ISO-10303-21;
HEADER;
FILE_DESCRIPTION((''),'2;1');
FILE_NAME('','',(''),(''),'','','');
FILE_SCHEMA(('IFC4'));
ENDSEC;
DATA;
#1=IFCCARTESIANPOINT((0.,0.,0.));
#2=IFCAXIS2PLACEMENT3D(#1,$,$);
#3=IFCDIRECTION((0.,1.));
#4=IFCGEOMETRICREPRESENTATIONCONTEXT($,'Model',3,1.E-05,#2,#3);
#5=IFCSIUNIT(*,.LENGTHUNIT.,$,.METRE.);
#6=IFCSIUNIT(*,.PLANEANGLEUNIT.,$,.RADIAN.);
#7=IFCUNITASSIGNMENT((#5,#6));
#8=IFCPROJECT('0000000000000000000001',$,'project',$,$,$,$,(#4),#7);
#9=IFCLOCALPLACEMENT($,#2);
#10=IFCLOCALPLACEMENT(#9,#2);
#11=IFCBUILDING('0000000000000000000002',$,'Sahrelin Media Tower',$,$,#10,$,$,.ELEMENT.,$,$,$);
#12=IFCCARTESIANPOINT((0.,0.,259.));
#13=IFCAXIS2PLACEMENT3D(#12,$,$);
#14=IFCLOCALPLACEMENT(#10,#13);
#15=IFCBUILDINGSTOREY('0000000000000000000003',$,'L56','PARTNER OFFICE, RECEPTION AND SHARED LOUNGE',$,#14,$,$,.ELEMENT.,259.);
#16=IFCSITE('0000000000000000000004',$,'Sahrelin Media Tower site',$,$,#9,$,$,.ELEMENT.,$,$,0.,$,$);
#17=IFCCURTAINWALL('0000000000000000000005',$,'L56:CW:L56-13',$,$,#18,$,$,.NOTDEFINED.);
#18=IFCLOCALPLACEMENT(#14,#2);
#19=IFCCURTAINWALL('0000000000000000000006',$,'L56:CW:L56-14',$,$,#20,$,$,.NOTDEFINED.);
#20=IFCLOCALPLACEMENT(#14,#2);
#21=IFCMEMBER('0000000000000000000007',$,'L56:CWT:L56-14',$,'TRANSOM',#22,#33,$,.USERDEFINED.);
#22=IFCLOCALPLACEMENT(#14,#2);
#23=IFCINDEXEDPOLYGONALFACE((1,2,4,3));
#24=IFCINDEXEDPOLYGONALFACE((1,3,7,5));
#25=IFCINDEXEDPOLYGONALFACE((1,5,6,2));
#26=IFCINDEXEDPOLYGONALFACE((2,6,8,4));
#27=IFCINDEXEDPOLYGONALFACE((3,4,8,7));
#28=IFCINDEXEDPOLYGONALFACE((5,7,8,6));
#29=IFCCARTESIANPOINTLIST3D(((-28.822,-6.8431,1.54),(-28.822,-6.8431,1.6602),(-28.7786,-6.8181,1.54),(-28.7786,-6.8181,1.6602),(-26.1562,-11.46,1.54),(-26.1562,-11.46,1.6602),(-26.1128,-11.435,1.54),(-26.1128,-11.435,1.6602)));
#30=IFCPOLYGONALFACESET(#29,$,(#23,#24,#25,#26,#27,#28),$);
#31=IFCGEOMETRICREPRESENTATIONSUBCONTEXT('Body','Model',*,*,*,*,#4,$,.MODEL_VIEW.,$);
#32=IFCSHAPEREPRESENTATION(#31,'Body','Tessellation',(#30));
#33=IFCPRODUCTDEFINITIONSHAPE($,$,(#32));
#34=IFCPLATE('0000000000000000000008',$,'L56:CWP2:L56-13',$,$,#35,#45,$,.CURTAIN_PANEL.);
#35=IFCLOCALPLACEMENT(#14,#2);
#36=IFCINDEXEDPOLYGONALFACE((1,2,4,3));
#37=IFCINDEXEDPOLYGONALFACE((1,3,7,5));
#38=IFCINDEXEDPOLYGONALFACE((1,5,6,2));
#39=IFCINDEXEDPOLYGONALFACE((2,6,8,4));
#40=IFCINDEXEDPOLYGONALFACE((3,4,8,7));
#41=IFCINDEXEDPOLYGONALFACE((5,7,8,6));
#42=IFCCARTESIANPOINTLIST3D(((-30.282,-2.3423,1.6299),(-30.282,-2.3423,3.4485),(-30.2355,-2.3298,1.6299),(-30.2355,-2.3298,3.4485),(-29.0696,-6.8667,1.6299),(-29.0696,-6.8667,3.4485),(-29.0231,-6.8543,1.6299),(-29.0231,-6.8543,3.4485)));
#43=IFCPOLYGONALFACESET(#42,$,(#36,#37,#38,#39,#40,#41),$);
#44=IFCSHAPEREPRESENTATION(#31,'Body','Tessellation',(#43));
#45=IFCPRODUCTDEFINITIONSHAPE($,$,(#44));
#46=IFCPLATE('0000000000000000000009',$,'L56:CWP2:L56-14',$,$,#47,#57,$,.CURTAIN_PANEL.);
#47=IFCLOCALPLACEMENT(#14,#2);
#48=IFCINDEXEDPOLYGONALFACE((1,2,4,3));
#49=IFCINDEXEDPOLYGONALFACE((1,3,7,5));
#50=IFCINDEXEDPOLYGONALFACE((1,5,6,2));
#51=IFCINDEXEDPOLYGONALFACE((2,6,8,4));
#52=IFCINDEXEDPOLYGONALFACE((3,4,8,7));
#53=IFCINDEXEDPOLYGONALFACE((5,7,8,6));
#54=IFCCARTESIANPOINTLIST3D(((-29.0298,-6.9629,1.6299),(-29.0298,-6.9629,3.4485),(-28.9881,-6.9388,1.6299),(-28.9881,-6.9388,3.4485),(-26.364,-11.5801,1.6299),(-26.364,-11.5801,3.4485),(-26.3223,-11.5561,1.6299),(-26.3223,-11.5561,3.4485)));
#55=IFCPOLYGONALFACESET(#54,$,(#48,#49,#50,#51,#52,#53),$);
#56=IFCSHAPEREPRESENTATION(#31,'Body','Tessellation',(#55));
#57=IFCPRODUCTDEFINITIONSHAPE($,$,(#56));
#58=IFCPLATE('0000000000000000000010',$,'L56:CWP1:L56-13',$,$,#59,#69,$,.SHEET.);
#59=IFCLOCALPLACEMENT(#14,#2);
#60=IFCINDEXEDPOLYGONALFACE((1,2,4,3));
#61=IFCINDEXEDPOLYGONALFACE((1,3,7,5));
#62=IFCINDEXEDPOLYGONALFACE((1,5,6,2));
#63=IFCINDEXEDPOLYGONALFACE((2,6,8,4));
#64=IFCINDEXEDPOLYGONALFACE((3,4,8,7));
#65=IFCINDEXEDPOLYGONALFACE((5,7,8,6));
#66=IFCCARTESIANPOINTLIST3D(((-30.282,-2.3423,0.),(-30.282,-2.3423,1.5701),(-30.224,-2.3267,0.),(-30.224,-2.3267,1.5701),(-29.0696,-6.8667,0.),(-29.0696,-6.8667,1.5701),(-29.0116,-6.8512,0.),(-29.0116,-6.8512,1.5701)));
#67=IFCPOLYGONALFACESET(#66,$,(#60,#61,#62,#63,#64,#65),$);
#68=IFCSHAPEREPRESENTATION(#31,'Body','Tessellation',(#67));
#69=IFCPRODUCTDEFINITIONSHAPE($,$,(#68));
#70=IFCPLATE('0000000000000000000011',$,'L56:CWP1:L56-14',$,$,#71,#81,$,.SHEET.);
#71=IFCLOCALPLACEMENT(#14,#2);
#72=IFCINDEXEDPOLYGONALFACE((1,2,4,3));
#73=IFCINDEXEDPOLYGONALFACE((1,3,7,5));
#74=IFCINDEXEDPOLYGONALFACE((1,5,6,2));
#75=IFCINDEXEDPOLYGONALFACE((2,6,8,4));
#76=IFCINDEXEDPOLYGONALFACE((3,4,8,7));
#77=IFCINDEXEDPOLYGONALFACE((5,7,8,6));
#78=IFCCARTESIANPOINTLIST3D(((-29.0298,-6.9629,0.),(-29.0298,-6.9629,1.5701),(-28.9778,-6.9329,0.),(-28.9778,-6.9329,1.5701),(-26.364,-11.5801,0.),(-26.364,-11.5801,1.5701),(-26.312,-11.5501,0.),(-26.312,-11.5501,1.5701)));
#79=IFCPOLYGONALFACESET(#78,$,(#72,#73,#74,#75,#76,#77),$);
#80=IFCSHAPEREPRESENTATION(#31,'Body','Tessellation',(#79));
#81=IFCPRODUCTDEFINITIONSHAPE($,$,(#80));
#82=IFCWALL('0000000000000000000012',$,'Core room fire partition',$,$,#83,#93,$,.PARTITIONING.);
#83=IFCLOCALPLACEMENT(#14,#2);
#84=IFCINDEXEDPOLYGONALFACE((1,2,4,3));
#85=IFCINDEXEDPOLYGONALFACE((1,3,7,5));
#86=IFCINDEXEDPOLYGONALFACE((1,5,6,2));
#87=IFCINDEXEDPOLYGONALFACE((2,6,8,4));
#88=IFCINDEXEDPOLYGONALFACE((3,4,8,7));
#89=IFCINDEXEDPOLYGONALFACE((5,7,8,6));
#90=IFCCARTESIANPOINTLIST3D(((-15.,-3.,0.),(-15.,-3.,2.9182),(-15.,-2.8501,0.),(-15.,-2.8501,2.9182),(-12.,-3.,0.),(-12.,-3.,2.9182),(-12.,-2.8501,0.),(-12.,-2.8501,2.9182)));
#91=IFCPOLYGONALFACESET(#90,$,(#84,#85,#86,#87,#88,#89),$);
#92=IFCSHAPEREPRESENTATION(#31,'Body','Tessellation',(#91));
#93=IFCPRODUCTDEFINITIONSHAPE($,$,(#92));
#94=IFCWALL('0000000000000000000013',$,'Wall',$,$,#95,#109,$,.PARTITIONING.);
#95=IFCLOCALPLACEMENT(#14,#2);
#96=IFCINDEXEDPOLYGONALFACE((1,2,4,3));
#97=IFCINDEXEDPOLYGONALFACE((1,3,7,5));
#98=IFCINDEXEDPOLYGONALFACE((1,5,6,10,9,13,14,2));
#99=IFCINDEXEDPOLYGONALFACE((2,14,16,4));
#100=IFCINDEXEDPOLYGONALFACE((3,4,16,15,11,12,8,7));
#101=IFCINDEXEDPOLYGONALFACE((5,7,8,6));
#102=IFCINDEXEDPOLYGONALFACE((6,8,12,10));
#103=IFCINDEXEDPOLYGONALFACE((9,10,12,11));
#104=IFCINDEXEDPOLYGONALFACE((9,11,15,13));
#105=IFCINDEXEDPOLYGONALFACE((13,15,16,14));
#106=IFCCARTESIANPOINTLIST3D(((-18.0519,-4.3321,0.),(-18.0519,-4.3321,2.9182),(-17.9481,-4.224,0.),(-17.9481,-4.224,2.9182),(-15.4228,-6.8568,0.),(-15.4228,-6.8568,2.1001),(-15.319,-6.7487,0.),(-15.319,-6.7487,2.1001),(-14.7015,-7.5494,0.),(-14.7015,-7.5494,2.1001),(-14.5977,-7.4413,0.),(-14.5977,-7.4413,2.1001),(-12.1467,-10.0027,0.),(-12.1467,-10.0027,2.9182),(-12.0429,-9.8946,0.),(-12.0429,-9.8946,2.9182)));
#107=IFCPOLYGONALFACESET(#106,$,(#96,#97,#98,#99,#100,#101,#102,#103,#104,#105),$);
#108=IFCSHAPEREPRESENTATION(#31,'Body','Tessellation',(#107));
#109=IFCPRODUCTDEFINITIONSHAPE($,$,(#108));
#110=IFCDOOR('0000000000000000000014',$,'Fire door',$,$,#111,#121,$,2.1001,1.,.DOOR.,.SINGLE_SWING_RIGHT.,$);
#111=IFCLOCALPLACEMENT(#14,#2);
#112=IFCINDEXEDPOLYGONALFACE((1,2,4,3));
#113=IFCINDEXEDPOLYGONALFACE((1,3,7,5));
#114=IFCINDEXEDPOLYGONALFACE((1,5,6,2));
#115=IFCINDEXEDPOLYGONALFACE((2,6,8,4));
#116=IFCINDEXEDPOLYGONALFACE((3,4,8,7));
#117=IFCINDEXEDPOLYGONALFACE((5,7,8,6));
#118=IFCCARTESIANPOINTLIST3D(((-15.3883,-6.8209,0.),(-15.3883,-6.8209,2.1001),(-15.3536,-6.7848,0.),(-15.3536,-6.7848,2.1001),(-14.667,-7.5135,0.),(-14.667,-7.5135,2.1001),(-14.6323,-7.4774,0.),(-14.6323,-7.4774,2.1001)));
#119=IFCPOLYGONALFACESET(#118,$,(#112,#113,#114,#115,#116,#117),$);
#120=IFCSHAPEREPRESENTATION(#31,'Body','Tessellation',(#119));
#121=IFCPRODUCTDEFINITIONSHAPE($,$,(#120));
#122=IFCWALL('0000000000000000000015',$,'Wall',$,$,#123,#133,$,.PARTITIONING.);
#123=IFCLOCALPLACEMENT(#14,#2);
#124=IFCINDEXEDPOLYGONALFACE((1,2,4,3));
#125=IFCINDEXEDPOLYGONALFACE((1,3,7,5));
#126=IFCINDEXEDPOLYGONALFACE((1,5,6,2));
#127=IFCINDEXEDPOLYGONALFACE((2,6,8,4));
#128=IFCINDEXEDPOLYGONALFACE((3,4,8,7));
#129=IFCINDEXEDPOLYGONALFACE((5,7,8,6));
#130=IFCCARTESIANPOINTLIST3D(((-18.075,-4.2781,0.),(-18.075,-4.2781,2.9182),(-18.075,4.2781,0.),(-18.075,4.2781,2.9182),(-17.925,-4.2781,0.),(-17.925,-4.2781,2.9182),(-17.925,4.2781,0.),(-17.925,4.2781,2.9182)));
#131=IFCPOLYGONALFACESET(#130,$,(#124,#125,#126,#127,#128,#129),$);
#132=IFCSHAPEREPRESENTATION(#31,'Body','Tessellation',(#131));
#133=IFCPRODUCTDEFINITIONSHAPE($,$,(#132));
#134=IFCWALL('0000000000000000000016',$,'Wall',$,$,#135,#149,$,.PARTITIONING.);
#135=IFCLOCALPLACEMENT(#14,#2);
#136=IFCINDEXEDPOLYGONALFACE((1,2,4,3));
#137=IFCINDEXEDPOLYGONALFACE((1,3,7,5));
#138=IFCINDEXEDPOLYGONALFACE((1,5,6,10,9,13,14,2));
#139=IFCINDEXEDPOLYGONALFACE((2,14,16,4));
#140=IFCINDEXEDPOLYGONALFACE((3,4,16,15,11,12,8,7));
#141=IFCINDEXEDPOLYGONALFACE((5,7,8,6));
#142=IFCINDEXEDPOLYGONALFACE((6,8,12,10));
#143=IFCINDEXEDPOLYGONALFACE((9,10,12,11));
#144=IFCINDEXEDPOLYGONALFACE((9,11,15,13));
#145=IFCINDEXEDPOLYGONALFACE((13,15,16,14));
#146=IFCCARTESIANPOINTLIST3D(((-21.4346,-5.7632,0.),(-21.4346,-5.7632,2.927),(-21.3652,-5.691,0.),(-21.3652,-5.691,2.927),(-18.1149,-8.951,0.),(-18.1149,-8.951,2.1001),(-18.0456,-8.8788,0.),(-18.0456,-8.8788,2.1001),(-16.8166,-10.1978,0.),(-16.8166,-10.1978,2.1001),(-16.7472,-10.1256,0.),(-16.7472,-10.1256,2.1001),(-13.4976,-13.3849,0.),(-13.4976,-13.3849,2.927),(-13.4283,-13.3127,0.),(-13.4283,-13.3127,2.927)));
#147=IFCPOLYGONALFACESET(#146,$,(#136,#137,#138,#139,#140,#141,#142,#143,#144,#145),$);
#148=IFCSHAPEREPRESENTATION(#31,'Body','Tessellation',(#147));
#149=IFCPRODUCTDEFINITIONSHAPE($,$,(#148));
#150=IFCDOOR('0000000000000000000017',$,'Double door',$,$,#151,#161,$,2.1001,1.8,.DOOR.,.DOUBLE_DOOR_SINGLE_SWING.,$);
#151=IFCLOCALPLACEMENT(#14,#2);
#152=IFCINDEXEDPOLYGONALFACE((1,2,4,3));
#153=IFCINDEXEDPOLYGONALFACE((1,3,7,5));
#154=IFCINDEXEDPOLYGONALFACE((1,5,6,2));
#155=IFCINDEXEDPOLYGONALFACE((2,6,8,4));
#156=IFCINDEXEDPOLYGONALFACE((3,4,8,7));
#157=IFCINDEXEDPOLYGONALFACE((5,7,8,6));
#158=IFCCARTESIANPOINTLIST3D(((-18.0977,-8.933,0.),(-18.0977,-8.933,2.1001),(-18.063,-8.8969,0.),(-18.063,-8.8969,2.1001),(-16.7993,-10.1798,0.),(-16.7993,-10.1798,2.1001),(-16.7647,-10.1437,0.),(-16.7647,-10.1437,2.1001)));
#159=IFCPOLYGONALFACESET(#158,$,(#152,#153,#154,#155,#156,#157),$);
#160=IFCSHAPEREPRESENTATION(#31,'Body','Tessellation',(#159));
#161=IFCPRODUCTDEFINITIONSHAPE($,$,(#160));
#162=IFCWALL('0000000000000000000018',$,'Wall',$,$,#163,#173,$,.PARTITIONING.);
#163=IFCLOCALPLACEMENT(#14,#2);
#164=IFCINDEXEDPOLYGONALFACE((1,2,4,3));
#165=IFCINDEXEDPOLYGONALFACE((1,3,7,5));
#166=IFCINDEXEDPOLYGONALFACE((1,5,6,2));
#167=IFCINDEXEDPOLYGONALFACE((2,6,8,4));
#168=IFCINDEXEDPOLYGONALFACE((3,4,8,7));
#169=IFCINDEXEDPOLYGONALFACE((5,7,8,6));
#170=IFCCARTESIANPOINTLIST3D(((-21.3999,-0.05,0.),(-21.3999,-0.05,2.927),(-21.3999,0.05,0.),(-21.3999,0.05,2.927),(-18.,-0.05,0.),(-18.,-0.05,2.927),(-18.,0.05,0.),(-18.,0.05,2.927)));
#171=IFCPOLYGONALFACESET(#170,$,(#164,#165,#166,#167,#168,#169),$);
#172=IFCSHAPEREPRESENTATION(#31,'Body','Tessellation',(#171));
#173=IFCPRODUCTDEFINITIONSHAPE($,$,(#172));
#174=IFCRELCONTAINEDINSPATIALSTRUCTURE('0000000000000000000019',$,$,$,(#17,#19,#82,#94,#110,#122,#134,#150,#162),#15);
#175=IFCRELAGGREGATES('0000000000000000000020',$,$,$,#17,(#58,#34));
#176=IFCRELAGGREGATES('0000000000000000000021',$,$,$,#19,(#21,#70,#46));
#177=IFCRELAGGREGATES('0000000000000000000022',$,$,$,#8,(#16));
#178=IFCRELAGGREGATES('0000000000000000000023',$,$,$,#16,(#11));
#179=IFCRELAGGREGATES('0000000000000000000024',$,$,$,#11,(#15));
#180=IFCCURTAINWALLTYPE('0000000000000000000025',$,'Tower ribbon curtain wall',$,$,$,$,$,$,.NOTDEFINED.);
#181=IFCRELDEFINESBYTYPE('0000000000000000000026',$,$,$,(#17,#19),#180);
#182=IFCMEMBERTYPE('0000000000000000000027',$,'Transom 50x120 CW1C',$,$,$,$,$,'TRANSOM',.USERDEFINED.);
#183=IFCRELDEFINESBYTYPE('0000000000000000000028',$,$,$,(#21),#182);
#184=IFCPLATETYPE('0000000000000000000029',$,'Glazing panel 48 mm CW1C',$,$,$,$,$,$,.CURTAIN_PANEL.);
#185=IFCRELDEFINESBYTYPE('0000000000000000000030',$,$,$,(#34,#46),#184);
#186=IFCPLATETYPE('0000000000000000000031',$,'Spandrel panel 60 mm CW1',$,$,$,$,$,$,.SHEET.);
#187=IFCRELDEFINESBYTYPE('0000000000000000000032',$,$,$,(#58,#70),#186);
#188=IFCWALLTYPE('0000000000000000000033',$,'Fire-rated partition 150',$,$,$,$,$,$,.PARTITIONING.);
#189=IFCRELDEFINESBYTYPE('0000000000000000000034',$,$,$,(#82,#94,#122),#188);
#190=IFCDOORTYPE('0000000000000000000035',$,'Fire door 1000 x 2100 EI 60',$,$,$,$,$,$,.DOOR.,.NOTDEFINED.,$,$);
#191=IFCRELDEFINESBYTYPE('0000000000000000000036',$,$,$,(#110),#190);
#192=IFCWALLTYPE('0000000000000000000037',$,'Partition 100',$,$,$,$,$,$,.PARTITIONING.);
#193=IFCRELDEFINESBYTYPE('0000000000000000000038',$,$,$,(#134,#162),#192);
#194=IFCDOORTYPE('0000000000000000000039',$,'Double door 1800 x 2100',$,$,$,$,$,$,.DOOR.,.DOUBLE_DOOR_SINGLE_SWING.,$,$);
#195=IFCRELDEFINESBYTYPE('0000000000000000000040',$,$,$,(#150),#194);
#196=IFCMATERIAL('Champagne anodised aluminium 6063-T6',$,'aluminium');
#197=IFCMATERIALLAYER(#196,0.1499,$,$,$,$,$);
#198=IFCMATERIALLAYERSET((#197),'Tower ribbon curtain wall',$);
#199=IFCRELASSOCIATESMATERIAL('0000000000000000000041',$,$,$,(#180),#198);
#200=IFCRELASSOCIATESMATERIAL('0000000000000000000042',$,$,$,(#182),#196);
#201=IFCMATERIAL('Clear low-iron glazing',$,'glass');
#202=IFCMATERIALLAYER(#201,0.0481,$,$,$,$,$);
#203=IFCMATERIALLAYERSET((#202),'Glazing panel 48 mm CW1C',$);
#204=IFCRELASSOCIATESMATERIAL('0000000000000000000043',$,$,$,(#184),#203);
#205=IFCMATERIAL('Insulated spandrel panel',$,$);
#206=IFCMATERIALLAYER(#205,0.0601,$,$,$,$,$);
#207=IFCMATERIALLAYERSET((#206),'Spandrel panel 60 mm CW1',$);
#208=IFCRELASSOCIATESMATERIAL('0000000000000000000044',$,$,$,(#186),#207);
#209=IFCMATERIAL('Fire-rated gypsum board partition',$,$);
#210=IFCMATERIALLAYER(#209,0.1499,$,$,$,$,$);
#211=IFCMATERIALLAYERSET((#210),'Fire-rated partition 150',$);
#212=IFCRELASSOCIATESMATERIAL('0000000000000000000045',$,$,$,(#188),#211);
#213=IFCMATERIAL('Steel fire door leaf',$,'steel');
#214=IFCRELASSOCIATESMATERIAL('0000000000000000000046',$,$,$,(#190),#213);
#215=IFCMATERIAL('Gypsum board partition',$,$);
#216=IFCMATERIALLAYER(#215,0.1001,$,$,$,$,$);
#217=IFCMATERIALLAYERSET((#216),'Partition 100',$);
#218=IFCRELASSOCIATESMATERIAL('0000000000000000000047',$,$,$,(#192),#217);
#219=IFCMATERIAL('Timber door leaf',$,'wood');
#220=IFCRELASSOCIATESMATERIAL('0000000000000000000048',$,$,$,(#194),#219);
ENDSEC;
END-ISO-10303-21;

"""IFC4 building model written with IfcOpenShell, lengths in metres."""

from ifc_helpers import new_model, si_unit, direction, frame, frame_2d, origin, origin_2d, place, context, subcontext, project, spatial, polyline, rectangle, outline, extrude, material, layer, layer_set, material_profile, profile_set, type_object, element, fill, aggregate, save


model = new_model("IFC4")

# Units and contexts
model_context = context("Model", 3, precision=1e-05, world=origin(), true_north=direction((0.0, 1.0)))
body_context = subcontext(model_context, "Body", "Model", "MODEL_VIEW")
ifc_project = project(units=[si_unit("LENGTHUNIT", "METRE"), si_unit("PLANEANGLEUNIT", "RADIAN")], contexts=[model_context])

# Site, building, storey
site_placement = place(None, origin())
site = spatial("IfcSite", under=ifc_project, at=site_placement, Name="Sahrelin Media Tower site", CompositionType="ELEMENT", RefElevation=0.0)
building_placement = place(site_placement, origin())
building = spatial("IfcBuilding", under=site, at=building_placement, Name="Sahrelin Media Tower", CompositionType="ELEMENT")
storey_placement = place(building_placement, frame((0.0, 0.0, 259.0)))
storey = spatial("IfcBuildingStorey", under=building, at=storey_placement, Name="L56", Description="PARTNER OFFICE, RECEPTION AND SHARED LOUNGE", CompositionType="ELEMENT", Elevation=259.0)

# Curtain wall
ifc_material_1 = material(Name="Champagne anodised aluminium 6063-T6", Category="aluminium")
ifc_layer_1 = layer(ifc_material_1, 0.1499)
ifc_layer_set_1 = layer_set([ifc_layer_1], Name="Tower ribbon curtain wall")
curtain_wall_type = type_object("IfcCurtainWallType", Name="Tower ribbon curtain wall", PredefinedType="NOTDEFINED", material=ifc_layer_set_1)
curtain_wall_1_placement = place(storey_placement, frame((-29.6565, -4.5994, 0.0), z_axis=(0.0, 0.0, 1.0), x_axis=(1.0, 0.0, 0.0)))
curtain_wall_1 = element("IfcCurtainWall", 1, at=curtain_wall_1_placement, inside=storey, type_object=curtain_wall_type, Name="L56:CW:L56-13", PredefinedType="NOTDEFINED")

# Shared definitions
ifc_material_profile_1 = material_profile(ifc_material_1, rectangle(XDim=0.05, YDim=0.1201, at=origin_2d()), Name="Transom 50x120")
ifc_profile_set_1 = profile_set([ifc_material_profile_1], Name="Champagne anodised aluminium 6063-T6")
member_type_1 = type_object("IfcMemberType", Name="Transom 50x120 CW1C", ElementType="TRANSOM", PredefinedType="USERDEFINED", material=ifc_profile_set_1)

# Curtain wall, member
curtain_wall_2_placement = place(storey_placement, frame((-27.6794, -9.2615, 0.0), z_axis=(0.0, 0.0, 1.0), x_axis=(1.0, 0.0, 0.0)))
curtain_wall_2 = element("IfcCurtainWall", 2, at=curtain_wall_2_placement, inside=storey, type_object=curtain_wall_type, Name="L56:CW:L56-14", PredefinedType="NOTDEFINED")
member_1_placement = place(storey_placement, frame((-28.8003, -6.8306, 1.6001), z_axis=(0.500025, -0.866011, 0.0), x_axis=(0.866011, 0.500025, 0.0)))
member_1 = element("IfcMember", 3, at=member_1_placement, type_object=member_type_1, Name="L56:CWT:L56-14", ObjectType="TRANSOM", PredefinedType="USERDEFINED", context=body_context, shape_type="SweptSolid", body=[
    extrude(rectangle(XDim=0.05, YDim=0.1201, at=origin_2d()), origin(), (0.0, 0.0, 1.0), 5.3313),
])

# Plates
ifc_material_2 = material(Name="Clear low-iron glazing", Category="glass")
ifc_layer_2 = layer(ifc_material_2, 0.0481)
ifc_layer_set_2 = layer_set([ifc_layer_2], Name="Glazing panel 48 mm CW1C")
plate_type_1 = type_object("IfcPlateType", Name="Glazing panel 48 mm CW1C", PredefinedType="CURTAIN_PANEL", material=ifc_layer_set_2)
plate_1_placement = place(storey_placement, frame((-30.282, -2.3423, 1.6299), z_axis=(-0.965921, -0.258837, 0.0), x_axis=(0.258837, -0.965921, 0.0)))
plate_1 = element("IfcPlate", 4, at=plate_1_placement, type_object=plate_type_1, Name="L56:CWP2:L56-13", PredefinedType="CURTAIN_PANEL", context=body_context, shape_type="SweptSolid", body=[
    extrude(outline(polyline([(0.0, 0.0), (4.6841, 0.0), (4.6841, 1.8186), (0.0, 1.8186), (0.0, 0.0)])), origin(), (0.0, 0.0, -1.0), 0.0481),
])
plate_2_placement = place(storey_placement, frame((-29.0298, -6.9629, 1.6299), z_axis=(-0.866022, -0.500005, 0.0), x_axis=(0.500005, -0.866022, 0.0)))
plate_2 = element("IfcPlate", 5, at=plate_2_placement, type_object=plate_type_1, Name="L56:CWP2:L56-14", PredefinedType="CURTAIN_PANEL", context=body_context, shape_type="SweptSolid", body=[
    extrude(outline(polyline([(0.0, 0.0), (5.3315, 0.0), (5.3315, 1.8186), (0.0, 1.8186), (0.0, 0.0)])), origin(), (0.0, 0.0, -1.0), 0.0481),
])
ifc_material_3 = material(Name="Insulated spandrel panel")
ifc_layer_3 = layer(ifc_material_3, 0.0601)
ifc_layer_set_3 = layer_set([ifc_layer_3], Name="Spandrel panel 60 mm CW1")
plate_type_2 = type_object("IfcPlateType", Name="Spandrel panel 60 mm CW1", PredefinedType="SHEET", material=ifc_layer_set_3)
plate_3_placement = place(storey_placement, frame((-30.282, -2.3423, 0.0), z_axis=(-0.965921, -0.258837, 0.0), x_axis=(0.258837, -0.965921, 0.0)))
plate_3 = element("IfcPlate", 6, at=plate_3_placement, type_object=plate_type_2, Name="L56:CWP1:L56-13", PredefinedType="SHEET", context=body_context, shape_type="SweptSolid", body=[
    extrude(outline(polyline([(0.0, 0.0), (4.6841, 0.0), (4.6841, 1.5701), (0.0, 1.5701), (0.0, 0.0)])), origin(), (0.0, 0.0, -1.0), 0.0601),
])
aggregate(curtain_wall_1, [plate_3, plate_1])
plate_4_placement = place(storey_placement, frame((-29.0298, -6.9629, 0.0), z_axis=(-0.866022, -0.500005, 0.0), x_axis=(0.500005, -0.866022, 0.0)))
plate_4 = element("IfcPlate", 7, at=plate_4_placement, type_object=plate_type_2, Name="L56:CWP1:L56-14", PredefinedType="SHEET", context=body_context, shape_type="SweptSolid", body=[
    extrude(outline(polyline([(0.0, 0.0), (5.3315, 0.0), (5.3315, 1.5701), (0.0, 1.5701), (0.0, 0.0)])), origin(), (0.0, 0.0, -1.0), 0.0601),
])
aggregate(curtain_wall_2, [member_1, plate_4, plate_2])

# Wall
ifc_material_4 = material(Name="Fire-rated gypsum board partition")
ifc_layer_4 = layer(ifc_material_4, 0.1499)
ifc_layer_set_4 = layer_set([ifc_layer_4], Name="Fire-rated partition 150")
wall_type_1 = type_object("IfcWallType", Name="Fire-rated partition 150", PredefinedType="PARTITIONING", material=ifc_layer_set_4)
wall_1_placement = place(storey_placement, frame((-15.0, -2.925, 0.0), z_axis=(0.0, 0.0, 1.0), x_axis=(1.0, 0.0, 0.0)))
element("IfcWall", 8, at=wall_1_placement, inside=storey, type_object=wall_type_1, Name="Core room fire partition", PredefinedType="PARTITIONING", context=body_context, shape_type="SweptSolid", body=[
    extrude(rectangle(XDim=3.0, YDim=0.1499, at=frame_2d((1.5, 0.0))), origin(), (0.0, 0.0, 1.0), 2.9182),
])

# Wall, opening, door
wall_2_placement = place(storey_placement, frame((-18.0, -4.2781, 0.0), z_axis=(0.0, 0.0, 1.0), x_axis=(0.72129, -0.692633, 0.0)))
wall_2 = element("IfcWall", 9, at=wall_2_placement, inside=storey, type_object=wall_type_1, Name="Wall", PredefinedType="PARTITIONING", context=body_context, shape_type="SweptSolid", body=[
    extrude(rectangle(XDim=8.187, YDim=0.1499, at=frame_2d((4.0935, 0.0))), origin(), (0.0, 0.0, 1.0), 2.9182),
])
opening_1_placement = place(wall_2_placement, frame((3.645, 0.0, 0.0)))
opening_1 = element("IfcOpeningElement", 10, at=opening_1_placement, cuts=wall_2, PredefinedType="OPENING", context=body_context, shape_type="SweptSolid", body=[
    extrude(rectangle(XDim=1.0, YDim=2.1001, at=frame_2d((0.5, 1.05))), frame((0.0, 0.075, 0.0), z_axis=(0.0, -1.0, 0.0), x_axis=(1.0, 0.0, 0.0)), (0.0, 0.0, 1.0), 0.1499),
])
ifc_material_5 = material(Name="Steel fire door leaf", Category="steel")
door_type_1 = type_object("IfcDoorType", Name="Fire door 1000 x 2100 EI 60", OperationType="NOTDEFINED", PredefinedType="DOOR", material=ifc_material_5)
door_1_placement = place(opening_1_placement, origin())
door_1 = element("IfcDoor", 11, at=door_1_placement, inside=storey, type_object=door_type_1, Name="Fire door", OperationType="SINGLE_SWING_RIGHT", OverallHeight=2.1001, OverallWidth=1.0, PredefinedType="DOOR", context=body_context, shape_type="SweptSolid", body=[
    extrude(rectangle(XDim=1.0, YDim=2.1001, at=frame_2d((0.5, 1.05))), frame((0.0, 0.0249, 0.0), z_axis=(0.0, -1.0, 0.0), x_axis=(1.0, 0.0, 0.0)), (0.0, 0.0, 1.0), 0.05),
])
fill(opening_1, door_1)

# Wall
wall_3_placement = place(storey_placement, frame((-18.0, -4.2781, 0.0), z_axis=(0.0, 0.0, 1.0), x_axis=(0.0, 1.0, 0.0)))
element("IfcWall", 12, at=wall_3_placement, inside=storey, type_object=wall_type_1, Name="Wall", PredefinedType="PARTITIONING", context=body_context, shape_type="SweptSolid", body=[
    extrude(rectangle(XDim=8.5562, YDim=0.1499, at=frame_2d((4.2781, 0.0))), origin(), (0.0, 0.0, 1.0), 2.9182),
])

# Wall, opening, door
ifc_material_6 = material(Name="Gypsum board partition")
ifc_layer_5 = layer(ifc_material_6, 0.1001)
ifc_layer_set_5 = layer_set([ifc_layer_5], Name="Partition 100")
wall_type_2 = type_object("IfcWallType", Name="Partition 100", PredefinedType="PARTITIONING", material=ifc_layer_set_5)
wall_4_placement = place(storey_placement, frame((-21.3999, -5.7271, 0.0), z_axis=(0.0, 0.0, 1.0), x_axis=(0.721283, -0.69264, 0.0)))
wall_4 = element("IfcWall", 13, at=wall_4_placement, inside=storey, type_object=wall_type_2, Name="Wall", PredefinedType="PARTITIONING", context=body_context, shape_type="SweptSolid", body=[
    extrude(rectangle(XDim=11.0039, YDim=0.1001, at=frame_2d((5.502, 0.0))), origin(), (0.0, 0.0, 1.0), 2.927),
])
opening_2_placement = place(wall_4_placement, frame((4.6025, 0.0, 0.0)))
opening_2 = element("IfcOpeningElement", 14, at=opening_2_placement, cuts=wall_4, PredefinedType="OPENING", context=body_context, shape_type="SweptSolid", body=[
    extrude(rectangle(XDim=1.8, YDim=2.1001, at=frame_2d((0.8999, 1.05))), frame((0.0, 0.05, 0.0), z_axis=(0.0, -1.0, 0.0), x_axis=(1.0, 0.0, 0.0)), (0.0, 0.0, 1.0), 0.1001),
])
ifc_material_7 = material(Name="Timber door leaf", Category="wood")
door_type_2 = type_object("IfcDoorType", Name="Double door 1800 x 2100", OperationType="DOUBLE_DOOR_SINGLE_SWING", PredefinedType="DOOR", material=ifc_material_7)
door_2_placement = place(opening_2_placement, origin())
door_2 = element("IfcDoor", 15, at=door_2_placement, inside=storey, type_object=door_type_2, Name="Double door", OperationType="DOUBLE_DOOR_SINGLE_SWING", OverallHeight=2.1001, OverallWidth=1.8, PredefinedType="DOOR", context=body_context, shape_type="SweptSolid", body=[
    extrude(rectangle(XDim=1.8, YDim=2.1001, at=frame_2d((0.8999, 1.05))), frame((0.0, 0.0249, 0.0), z_axis=(0.0, -1.0, 0.0), x_axis=(1.0, 0.0, 0.0)), (0.0, 0.0, 1.0), 0.05),
])
fill(opening_2, door_2)

# Wall
wall_5_placement = place(storey_placement, frame((-21.3999, 0.0, 0.0), z_axis=(0.0, 0.0, 1.0), x_axis=(1.0, 0.0, 0.0)))
element("IfcWall", 16, at=wall_5_placement, inside=storey, type_object=wall_type_2, Name="Wall", PredefinedType="PARTITIONING", context=body_context, shape_type="SweptSolid", body=[
    extrude(rectangle(XDim=3.3999, YDim=0.1001, at=frame_2d((1.7, 0.0))), origin(), (0.0, 0.0, 1.0), 2.927),
])

save(model, "model.ifc")
